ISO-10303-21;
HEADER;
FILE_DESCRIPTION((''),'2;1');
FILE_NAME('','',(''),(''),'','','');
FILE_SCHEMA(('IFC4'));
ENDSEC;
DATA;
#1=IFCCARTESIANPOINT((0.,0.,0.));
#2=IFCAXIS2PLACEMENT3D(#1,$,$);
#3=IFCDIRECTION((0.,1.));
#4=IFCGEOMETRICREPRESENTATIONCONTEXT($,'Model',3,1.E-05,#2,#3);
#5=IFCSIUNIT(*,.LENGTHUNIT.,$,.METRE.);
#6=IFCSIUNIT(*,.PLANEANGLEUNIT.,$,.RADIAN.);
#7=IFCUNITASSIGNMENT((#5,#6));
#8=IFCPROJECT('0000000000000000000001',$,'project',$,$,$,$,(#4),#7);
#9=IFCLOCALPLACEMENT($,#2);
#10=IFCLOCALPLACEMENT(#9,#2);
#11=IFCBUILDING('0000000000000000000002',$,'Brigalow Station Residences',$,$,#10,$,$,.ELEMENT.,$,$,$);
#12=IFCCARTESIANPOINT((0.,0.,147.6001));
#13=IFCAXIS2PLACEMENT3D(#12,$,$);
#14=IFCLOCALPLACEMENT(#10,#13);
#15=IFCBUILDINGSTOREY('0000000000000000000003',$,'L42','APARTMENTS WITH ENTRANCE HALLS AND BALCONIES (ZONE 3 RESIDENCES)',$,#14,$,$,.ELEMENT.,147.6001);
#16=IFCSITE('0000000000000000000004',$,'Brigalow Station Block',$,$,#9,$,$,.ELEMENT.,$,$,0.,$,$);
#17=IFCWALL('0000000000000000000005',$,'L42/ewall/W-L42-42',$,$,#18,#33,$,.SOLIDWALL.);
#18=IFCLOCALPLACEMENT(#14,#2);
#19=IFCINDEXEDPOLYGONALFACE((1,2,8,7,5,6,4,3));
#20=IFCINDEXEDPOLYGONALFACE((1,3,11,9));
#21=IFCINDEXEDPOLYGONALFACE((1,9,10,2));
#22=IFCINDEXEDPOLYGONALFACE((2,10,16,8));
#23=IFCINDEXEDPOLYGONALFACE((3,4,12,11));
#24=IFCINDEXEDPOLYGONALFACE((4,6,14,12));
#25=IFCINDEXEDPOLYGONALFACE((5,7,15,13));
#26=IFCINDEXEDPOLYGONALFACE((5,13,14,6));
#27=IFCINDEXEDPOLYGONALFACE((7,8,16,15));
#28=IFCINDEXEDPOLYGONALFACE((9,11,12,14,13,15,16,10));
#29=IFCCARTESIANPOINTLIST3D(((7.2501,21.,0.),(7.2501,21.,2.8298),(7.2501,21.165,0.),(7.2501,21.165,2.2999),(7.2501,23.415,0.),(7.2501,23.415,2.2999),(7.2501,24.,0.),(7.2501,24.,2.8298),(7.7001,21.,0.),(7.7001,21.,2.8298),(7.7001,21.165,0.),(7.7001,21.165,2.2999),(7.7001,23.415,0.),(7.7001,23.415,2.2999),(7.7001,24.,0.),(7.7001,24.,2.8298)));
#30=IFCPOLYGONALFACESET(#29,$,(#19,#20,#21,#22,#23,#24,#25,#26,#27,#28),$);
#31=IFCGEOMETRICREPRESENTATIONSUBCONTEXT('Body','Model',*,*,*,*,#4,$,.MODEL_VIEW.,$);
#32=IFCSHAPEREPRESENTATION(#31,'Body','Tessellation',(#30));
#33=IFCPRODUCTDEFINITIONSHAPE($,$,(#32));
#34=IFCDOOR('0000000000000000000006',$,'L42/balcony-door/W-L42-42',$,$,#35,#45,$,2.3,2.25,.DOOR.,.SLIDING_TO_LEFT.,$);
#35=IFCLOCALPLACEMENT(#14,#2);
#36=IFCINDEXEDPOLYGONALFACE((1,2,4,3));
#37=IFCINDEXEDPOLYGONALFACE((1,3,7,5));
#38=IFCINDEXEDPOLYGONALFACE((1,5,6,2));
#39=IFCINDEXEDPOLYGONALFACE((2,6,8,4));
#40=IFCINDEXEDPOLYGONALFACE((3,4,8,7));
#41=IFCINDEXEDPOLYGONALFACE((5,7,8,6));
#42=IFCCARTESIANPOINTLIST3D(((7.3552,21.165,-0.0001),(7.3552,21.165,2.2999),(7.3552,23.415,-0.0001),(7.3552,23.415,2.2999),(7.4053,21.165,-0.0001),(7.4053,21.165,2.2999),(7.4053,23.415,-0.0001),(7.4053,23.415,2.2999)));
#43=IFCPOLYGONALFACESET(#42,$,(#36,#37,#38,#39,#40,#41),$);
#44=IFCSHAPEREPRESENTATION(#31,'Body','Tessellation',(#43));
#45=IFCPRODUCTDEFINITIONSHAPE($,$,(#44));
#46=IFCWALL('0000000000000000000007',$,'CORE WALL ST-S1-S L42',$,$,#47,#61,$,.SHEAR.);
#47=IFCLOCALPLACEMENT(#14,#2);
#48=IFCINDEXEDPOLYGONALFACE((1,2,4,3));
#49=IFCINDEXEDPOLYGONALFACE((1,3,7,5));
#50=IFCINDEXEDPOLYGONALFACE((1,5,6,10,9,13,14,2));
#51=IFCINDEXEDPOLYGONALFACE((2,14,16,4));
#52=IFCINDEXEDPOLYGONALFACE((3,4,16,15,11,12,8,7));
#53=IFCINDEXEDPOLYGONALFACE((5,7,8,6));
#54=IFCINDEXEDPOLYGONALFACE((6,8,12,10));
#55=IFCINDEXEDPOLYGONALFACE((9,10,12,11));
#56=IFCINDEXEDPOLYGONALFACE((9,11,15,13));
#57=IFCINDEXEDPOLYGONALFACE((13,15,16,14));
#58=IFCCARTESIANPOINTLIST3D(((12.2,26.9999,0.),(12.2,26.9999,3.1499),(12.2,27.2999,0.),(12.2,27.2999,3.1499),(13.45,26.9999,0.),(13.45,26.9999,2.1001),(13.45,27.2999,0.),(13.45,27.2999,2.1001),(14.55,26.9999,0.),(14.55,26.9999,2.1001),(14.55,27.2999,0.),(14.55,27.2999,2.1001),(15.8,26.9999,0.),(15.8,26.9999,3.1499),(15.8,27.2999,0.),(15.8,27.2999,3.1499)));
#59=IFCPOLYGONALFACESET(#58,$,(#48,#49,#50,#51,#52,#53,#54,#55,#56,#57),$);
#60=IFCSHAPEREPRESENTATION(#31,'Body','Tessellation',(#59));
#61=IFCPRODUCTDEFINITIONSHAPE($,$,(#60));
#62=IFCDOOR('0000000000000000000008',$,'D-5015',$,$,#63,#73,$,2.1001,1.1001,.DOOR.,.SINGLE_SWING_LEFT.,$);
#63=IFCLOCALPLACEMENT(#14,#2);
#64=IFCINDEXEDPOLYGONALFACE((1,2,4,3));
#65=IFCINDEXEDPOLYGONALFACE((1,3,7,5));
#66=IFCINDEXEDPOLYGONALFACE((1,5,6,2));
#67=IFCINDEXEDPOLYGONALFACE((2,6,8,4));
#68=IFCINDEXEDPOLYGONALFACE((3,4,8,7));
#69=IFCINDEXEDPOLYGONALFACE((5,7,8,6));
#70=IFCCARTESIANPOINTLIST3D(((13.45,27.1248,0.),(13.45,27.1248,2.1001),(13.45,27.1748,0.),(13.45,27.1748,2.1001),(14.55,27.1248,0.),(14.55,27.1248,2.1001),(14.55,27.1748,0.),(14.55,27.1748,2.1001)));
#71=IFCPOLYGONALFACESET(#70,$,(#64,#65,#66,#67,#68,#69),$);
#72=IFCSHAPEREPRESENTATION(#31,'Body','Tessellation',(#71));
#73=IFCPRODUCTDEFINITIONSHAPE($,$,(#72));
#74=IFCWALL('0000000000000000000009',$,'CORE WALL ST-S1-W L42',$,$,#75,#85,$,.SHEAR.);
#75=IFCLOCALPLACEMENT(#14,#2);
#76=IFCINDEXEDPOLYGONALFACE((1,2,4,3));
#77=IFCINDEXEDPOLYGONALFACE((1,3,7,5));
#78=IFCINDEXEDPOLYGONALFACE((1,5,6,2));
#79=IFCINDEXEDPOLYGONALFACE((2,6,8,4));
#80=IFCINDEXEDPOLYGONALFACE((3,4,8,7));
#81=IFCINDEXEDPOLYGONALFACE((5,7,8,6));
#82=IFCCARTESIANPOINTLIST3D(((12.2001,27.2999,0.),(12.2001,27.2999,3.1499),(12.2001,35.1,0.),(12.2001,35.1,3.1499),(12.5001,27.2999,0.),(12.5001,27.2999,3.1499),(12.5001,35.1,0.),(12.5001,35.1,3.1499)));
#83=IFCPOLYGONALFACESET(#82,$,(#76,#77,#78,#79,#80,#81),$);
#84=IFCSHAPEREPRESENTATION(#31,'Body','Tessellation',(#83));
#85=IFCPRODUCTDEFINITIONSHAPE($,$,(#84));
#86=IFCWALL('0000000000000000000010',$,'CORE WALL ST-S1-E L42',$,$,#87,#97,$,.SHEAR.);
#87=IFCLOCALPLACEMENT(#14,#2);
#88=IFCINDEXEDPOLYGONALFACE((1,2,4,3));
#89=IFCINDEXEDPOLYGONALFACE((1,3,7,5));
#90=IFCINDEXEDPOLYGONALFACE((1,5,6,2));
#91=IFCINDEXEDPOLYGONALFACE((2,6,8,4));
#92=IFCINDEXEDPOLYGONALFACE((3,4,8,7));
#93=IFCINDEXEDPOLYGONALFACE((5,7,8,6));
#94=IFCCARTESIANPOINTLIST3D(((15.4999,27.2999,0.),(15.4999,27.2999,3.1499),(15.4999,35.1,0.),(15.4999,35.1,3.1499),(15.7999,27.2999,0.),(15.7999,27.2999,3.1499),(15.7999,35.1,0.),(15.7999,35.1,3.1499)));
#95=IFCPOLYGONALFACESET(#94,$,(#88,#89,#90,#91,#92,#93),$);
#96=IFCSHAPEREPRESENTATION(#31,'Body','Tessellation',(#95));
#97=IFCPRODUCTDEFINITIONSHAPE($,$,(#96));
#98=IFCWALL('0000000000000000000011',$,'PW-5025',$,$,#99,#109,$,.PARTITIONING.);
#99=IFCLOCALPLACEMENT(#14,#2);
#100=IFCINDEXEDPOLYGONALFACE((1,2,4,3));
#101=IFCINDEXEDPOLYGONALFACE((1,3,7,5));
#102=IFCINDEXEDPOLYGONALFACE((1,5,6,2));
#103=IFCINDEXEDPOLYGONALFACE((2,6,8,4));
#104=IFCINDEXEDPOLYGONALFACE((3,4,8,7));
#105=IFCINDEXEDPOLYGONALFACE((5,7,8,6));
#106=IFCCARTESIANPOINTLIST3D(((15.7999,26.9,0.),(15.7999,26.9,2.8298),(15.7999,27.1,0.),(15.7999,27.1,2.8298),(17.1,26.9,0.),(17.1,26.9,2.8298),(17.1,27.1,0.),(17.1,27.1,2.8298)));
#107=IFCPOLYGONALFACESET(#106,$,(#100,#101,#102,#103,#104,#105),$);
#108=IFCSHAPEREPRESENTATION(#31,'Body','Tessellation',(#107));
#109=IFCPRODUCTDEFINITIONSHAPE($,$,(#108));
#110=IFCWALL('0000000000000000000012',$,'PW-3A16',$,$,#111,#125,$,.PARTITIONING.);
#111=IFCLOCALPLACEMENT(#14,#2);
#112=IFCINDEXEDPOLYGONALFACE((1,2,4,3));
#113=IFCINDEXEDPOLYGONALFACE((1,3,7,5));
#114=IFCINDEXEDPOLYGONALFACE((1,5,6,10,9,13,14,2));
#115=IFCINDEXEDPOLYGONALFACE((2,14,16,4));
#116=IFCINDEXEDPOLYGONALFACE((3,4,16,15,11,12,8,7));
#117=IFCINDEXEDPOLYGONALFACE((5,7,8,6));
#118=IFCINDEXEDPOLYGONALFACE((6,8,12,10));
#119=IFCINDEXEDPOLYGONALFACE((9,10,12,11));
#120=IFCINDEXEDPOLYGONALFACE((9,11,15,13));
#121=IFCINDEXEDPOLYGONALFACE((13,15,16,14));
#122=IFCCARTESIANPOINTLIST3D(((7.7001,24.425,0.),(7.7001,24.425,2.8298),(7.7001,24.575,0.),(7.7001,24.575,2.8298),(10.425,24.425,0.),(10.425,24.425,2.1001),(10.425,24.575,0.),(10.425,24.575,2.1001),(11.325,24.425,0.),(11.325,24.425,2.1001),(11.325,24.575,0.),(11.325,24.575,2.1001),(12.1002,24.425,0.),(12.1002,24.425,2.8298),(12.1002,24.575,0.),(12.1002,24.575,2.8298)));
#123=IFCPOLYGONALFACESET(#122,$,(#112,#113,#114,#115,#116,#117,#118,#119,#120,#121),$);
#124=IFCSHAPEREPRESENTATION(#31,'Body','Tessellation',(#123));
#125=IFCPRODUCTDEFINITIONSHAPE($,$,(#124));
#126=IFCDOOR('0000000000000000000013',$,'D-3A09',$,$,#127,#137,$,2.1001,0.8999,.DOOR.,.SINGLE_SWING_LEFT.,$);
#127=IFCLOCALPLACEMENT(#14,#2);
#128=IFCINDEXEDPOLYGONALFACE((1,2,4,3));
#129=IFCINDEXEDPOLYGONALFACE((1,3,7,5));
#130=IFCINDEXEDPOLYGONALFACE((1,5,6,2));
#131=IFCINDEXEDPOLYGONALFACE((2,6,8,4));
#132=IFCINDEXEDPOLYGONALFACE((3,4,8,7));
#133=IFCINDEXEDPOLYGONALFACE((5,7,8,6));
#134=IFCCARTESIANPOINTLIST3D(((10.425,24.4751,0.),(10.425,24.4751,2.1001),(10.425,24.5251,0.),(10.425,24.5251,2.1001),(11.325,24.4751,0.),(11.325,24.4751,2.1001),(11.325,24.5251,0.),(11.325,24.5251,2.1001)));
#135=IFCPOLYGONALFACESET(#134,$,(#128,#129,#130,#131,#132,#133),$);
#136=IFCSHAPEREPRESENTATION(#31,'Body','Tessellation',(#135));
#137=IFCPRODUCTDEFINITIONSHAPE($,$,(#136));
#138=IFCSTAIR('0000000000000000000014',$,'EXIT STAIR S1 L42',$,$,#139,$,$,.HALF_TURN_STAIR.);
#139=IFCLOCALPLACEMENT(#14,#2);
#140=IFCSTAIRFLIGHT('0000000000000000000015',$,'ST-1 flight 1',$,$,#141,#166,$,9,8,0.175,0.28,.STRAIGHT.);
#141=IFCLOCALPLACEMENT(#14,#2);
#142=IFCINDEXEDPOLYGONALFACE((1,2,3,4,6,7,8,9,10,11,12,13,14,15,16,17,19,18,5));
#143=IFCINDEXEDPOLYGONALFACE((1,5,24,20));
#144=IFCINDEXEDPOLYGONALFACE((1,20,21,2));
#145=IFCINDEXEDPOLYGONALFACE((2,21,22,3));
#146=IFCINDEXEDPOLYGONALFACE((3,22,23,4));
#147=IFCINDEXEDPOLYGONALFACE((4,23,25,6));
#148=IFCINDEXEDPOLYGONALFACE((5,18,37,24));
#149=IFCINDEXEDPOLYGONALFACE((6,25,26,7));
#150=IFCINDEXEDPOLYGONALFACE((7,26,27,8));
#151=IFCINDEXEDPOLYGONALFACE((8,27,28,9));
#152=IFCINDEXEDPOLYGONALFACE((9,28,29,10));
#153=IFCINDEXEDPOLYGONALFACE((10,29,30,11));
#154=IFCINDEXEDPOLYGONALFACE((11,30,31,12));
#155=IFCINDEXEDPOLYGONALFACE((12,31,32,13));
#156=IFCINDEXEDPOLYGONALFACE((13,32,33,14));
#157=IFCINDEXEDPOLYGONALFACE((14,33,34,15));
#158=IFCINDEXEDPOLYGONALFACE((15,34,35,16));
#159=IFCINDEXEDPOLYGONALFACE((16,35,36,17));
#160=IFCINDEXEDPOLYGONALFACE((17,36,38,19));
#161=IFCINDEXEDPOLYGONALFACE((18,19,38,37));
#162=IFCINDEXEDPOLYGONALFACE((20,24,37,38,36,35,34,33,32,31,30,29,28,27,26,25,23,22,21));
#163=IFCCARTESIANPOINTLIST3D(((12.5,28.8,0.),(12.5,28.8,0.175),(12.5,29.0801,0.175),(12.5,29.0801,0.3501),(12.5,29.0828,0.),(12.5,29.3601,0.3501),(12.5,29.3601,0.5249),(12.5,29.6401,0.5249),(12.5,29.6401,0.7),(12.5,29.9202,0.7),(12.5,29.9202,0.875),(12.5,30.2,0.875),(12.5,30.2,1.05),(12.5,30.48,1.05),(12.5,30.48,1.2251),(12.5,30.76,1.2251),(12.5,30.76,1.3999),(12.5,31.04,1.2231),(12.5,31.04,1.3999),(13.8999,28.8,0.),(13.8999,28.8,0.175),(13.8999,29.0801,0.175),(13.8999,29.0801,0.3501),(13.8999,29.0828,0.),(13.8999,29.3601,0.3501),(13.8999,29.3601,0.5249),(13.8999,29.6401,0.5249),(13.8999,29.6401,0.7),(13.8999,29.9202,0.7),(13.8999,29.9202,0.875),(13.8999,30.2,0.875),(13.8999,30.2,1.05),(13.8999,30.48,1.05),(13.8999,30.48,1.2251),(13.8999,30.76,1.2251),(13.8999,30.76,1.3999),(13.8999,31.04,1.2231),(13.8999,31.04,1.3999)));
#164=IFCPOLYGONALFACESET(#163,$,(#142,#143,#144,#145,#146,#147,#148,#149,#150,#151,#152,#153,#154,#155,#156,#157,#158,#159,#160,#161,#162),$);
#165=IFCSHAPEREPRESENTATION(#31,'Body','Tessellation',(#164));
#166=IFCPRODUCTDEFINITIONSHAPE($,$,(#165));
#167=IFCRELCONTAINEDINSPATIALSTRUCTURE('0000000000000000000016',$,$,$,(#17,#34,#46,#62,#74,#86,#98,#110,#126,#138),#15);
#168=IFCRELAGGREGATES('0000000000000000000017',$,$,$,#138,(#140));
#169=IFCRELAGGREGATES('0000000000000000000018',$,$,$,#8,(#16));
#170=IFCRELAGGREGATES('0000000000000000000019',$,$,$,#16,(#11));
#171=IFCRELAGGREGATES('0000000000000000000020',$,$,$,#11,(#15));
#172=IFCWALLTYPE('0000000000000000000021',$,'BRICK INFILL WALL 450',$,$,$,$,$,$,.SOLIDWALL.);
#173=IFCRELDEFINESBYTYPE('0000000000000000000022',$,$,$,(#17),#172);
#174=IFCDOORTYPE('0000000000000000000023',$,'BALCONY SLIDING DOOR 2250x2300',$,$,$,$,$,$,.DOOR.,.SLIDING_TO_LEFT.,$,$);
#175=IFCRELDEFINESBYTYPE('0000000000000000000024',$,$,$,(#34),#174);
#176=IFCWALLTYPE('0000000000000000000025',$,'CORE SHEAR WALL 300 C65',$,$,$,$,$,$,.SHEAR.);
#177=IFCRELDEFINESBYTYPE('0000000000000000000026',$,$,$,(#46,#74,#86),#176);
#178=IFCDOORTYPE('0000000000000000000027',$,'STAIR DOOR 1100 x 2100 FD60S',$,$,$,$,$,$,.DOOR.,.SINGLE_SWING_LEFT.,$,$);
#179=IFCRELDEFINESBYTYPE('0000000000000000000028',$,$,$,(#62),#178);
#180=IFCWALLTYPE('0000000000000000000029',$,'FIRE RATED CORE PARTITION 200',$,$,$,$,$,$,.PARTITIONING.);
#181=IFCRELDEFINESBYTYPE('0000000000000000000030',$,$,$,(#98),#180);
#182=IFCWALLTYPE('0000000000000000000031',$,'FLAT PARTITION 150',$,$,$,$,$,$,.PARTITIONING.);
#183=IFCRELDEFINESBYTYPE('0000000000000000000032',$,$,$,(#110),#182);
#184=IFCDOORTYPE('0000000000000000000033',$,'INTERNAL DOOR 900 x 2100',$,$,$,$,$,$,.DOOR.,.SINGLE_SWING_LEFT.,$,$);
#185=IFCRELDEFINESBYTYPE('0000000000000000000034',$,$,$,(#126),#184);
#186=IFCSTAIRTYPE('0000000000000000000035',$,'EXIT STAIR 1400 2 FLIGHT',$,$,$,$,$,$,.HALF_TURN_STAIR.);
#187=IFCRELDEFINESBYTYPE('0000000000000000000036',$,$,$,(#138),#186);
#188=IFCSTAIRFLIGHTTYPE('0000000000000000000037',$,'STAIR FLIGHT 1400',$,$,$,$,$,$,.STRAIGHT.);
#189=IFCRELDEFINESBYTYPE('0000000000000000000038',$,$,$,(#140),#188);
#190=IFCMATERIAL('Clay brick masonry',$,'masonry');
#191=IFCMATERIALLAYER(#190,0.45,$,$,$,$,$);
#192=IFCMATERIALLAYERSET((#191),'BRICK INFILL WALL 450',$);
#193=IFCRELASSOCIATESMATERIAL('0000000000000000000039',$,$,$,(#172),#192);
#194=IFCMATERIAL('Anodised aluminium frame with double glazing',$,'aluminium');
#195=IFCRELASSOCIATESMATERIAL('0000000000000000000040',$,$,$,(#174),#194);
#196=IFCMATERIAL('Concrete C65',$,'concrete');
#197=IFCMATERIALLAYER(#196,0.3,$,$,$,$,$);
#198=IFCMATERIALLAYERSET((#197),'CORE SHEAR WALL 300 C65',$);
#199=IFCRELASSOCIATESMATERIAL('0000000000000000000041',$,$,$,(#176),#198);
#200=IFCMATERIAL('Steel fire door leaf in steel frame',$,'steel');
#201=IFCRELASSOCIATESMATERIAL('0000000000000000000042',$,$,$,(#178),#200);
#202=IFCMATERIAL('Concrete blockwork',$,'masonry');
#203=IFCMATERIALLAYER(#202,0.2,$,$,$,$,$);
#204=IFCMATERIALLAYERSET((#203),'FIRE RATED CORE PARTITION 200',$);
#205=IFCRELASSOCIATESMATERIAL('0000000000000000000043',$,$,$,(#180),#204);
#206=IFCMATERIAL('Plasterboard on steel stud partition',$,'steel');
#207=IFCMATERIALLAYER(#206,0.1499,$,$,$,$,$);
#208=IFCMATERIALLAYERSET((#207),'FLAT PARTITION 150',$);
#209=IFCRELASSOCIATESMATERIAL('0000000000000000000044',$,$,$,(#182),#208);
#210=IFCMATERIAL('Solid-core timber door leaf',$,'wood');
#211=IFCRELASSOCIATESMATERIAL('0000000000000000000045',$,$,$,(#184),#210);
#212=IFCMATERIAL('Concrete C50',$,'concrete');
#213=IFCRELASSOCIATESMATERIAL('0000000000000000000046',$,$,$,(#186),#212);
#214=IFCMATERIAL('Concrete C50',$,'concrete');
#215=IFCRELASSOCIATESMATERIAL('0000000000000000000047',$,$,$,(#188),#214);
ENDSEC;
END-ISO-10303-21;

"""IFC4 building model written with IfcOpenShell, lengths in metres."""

from ifc_helpers import new_model, si_unit, direction, frame, frame_2d, origin, place, context, subcontext, project, spatial, polyline, rectangle, outline, extrude, material, layer, layer_set, type_object, element, fill, aggregate, save


model = new_model("IFC4")

# Units and contexts
model_context = context("Model", 3, precision=1e-05, world=origin(), true_north=direction((0.0, 1.0)))
body_context = subcontext(model_context, "Body", "Model", "MODEL_VIEW")
ifc_project = project(units=[si_unit("LENGTHUNIT", "METRE"), si_unit("PLANEANGLEUNIT", "RADIAN")], contexts=[model_context])

# Site, building, storey
site_placement = place(None, origin())
site = spatial("IfcSite", under=ifc_project, at=site_placement, Name="Brigalow Station Block", CompositionType="ELEMENT", RefElevation=0.0)
building_placement = place(site_placement, origin())
building = spatial("IfcBuilding", under=site, at=building_placement, Name="Brigalow Station Residences", CompositionType="ELEMENT")
storey_placement = place(building_placement, frame((0.0, 0.0, 147.6001)))
storey = spatial("IfcBuildingStorey", under=building, at=storey_placement, Name="L42", Description="APARTMENTS WITH ENTRANCE HALLS AND BALCONIES (ZONE 3 RESIDENCES)", CompositionType="ELEMENT", Elevation=147.6001)

# Shared definitions
ifc_material_1 = material(Name="Clay brick masonry", Category="masonry")
ifc_layer_1 = layer(ifc_material_1, 0.45)
ifc_layer_set_1 = layer_set([ifc_layer_1], Name="BRICK INFILL WALL 450")
wall_type_1 = type_object("IfcWallType", Name="BRICK INFILL WALL 450", PredefinedType="SOLIDWALL", material=ifc_layer_set_1)

# Walls, openings, doors
wall_1_placement = place(storey_placement, frame((7.4751, 24.0, 0.0), z_axis=(0.0, 0.0, 1.0), x_axis=(0.0, -1.0, 0.0)))
wall_1 = element("IfcWall", 1, at=wall_1_placement, inside=storey, type_object=wall_type_1, Name="L42/ewall/W-L42-42", PredefinedType="SOLIDWALL", context=body_context, shape_type="SweptSolid", body=[
    extrude(rectangle(XDim=3.0, YDim=0.45, at=frame_2d((1.5, 0.0))), origin(), (0.0, 0.0, 1.0), 2.8298),
])
opening_1_placement = place(wall_1_placement, frame((0.585, 0.0, 0.0)))
opening_1 = element("IfcOpeningElement", 2, at=opening_1_placement, cuts=wall_1, PredefinedType="OPENING", context=body_context, shape_type="SweptSolid", body=[
    extrude(rectangle(XDim=2.25, YDim=2.3, at=frame_2d((1.125, 1.1499))), frame((0.0, 0.2349, 0.0), z_axis=(0.0, -1.0, 0.0), x_axis=(1.0, 0.0, 0.0)), (0.0, 0.0, 1.0), 0.47),
])
ifc_material_2 = material(Name="Anodised aluminium frame with double glazing", Category="aluminium")
door_type_1 = type_object("IfcDoorType", Name="BALCONY SLIDING DOOR 2250x2300", OperationType="SLIDING_TO_LEFT", PredefinedType="DOOR", material=ifc_material_2)
door_1_placement = place(opening_1_placement, origin())
door_1 = element("IfcDoor", 3, at=door_1_placement, inside=storey, type_object=door_type_1, Name="L42/balcony-door/W-L42-42", OperationType="SLIDING_TO_LEFT", OverallHeight=2.3, OverallWidth=2.25, PredefinedType="DOOR", context=body_context, shape_type="SweptSolid", body=[
    extrude(rectangle(XDim=2.25, YDim=2.3, at=frame_2d((1.125, 1.1499))), frame((0.0, -0.0698, 0.0), z_axis=(0.0, -1.0, 0.0), x_axis=(1.0, 0.0, 0.0)), (0.0, 0.0, 1.0), 0.05),
])
fill(opening_1, door_1)
ifc_material_3 = material(Name="Concrete C65", Category="concrete")
ifc_layer_2 = layer(ifc_material_3, 0.3)
ifc_layer_set_2 = layer_set([ifc_layer_2], Name="CORE SHEAR WALL 300 C65")
wall_type_2 = type_object("IfcWallType", Name="CORE SHEAR WALL 300 C65", PredefinedType="SHEAR", material=ifc_layer_set_2)
wall_2_placement = place(storey_placement, frame((12.2, 27.1499, 0.0), z_axis=(0.0, 0.0, 1.0), x_axis=(1.0, 0.0, 0.0)))
wall_2 = element("IfcWall", 4, at=wall_2_placement, inside=storey, type_object=wall_type_2, Name="CORE WALL ST-S1-S L42", PredefinedType="SHEAR", context=body_context, shape_type="SweptSolid", body=[
    extrude(rectangle(XDim=3.6001, YDim=0.3, at=frame_2d((1.8, 0.0))), origin(), (0.0, 0.0, 1.0), 3.1499),
])
opening_2_placement = place(wall_2_placement, frame((1.25, 0.0, 0.0)))
opening_2 = element("IfcOpeningElement", 5, at=opening_2_placement, cuts=wall_2, PredefinedType="OPENING", context=body_context, shape_type="SweptSolid", body=[
    extrude(rectangle(XDim=1.1001, YDim=2.1001, at=frame_2d((0.55, 1.05))), frame((0.0, 0.1602, 0.0), z_axis=(0.0, -1.0, 0.0), x_axis=(1.0, 0.0, 0.0)), (0.0, 0.0, 1.0), 0.3201),
])
ifc_material_4 = material(Name="Steel fire door leaf in steel frame", Category="steel")
door_type_2 = type_object("IfcDoorType", Name="STAIR DOOR 1100 x 2100 FD60S", OperationType="SINGLE_SWING_LEFT", PredefinedType="DOOR", material=ifc_material_4)
door_2_placement = place(opening_2_placement, origin())
door_2 = element("IfcDoor", 6, at=door_2_placement, inside=storey, type_object=door_type_2, Name="D-5015", OperationType="SINGLE_SWING_LEFT", OverallHeight=2.1001, OverallWidth=1.1001, PredefinedType="DOOR", context=body_context, shape_type="SweptSolid", body=[
    extrude(rectangle(XDim=1.1001, YDim=2.1001, at=frame_2d((0.55, 1.05))), frame((0.0, 0.0249, 0.0), z_axis=(0.0, -1.0, 0.0), x_axis=(1.0, 0.0, 0.0)), (0.0, 0.0, 1.0), 0.05),
])
fill(opening_2, door_2)

# Walls
for number, where, z_axis, x_axis, name in (
    (7, (12.3501, 27.3, 0.0), (0.0, 0.0, 1.0), (0.0, 1.0, 0.0), "CORE WALL ST-S1-W L42"),
    (8, (15.6499, 27.3, 0.0), (0.0, 0.0, 1.0), (0.0, 1.0, 0.0), "CORE WALL ST-S1-E L42"),
):
    element("IfcWall", number, at=place(storey_placement, frame(where, z_axis=z_axis, x_axis=x_axis)), inside=storey, type_object=wall_type_2, Name=name, PredefinedType="SHEAR", context=body_context, shape_type="SweptSolid", body=[
        extrude(rectangle(XDim=7.8, YDim=0.3, at=frame_2d((3.8999, 0.0))), origin(), (0.0, 0.0, 1.0), 3.1499),
    ])
ifc_material_5 = material(Name="Concrete blockwork", Category="masonry")
ifc_layer_3 = layer(ifc_material_5, 0.2)
ifc_layer_set_3 = layer_set([ifc_layer_3], Name="FIRE RATED CORE PARTITION 200")
wall_type_3 = type_object("IfcWallType", Name="FIRE RATED CORE PARTITION 200", PredefinedType="PARTITIONING", material=ifc_layer_set_3)
wall_3_placement = place(storey_placement, frame((15.8, 27.0, 0.0), z_axis=(0.0, 0.0, 1.0), x_axis=(1.0, 0.0, 0.0)))
element("IfcWall", 9, at=wall_3_placement, inside=storey, type_object=wall_type_3, Name="PW-5025", PredefinedType="PARTITIONING", context=body_context, shape_type="SweptSolid", body=[
    extrude(rectangle(XDim=1.3, YDim=0.2, at=frame_2d((0.6499, 0.0))), origin(), (0.0, 0.0, 1.0), 2.8298),
])

# Wall, opening, door
ifc_material_6 = material(Name="Plasterboard on steel stud partition", Category="steel")
ifc_layer_4 = layer(ifc_material_6, 0.1499)
ifc_layer_set_4 = layer_set([ifc_layer_4], Name="FLAT PARTITION 150")
wall_type_4 = type_object("IfcWallType", Name="FLAT PARTITION 150", PredefinedType="PARTITIONING", material=ifc_layer_set_4)
wall_4_placement = place(storey_placement, frame((7.7, 24.5, 0.0), z_axis=(0.0, 0.0, 1.0), x_axis=(1.0, 0.0, 0.0)))
wall_4 = element("IfcWall", 10, at=wall_4_placement, inside=storey, type_object=wall_type_4, Name="PW-3A16", PredefinedType="PARTITIONING", context=body_context, shape_type="SweptSolid", body=[
    extrude(rectangle(XDim=4.4001, YDim=0.1499, at=frame_2d((2.2002, 0.0))), origin(), (0.0, 0.0, 1.0), 2.8298),
])
opening_3_placement = place(wall_4_placement, frame((2.7251, 0.0, 0.0)))
opening_3 = element("IfcOpeningElement", 11, at=opening_3_placement, cuts=wall_4, PredefinedType="OPENING", context=body_context, shape_type="SweptSolid", body=[
    extrude(rectangle(XDim=0.8999, YDim=2.1001, at=frame_2d((0.45, 1.05))), frame((0.0, 0.085, 0.0), z_axis=(0.0, -1.0, 0.0), x_axis=(1.0, 0.0, 0.0)), (0.0, 0.0, 1.0), 0.1699),
])
ifc_material_7 = material(Name="Solid-core timber door leaf", Category="wood")
door_type_3 = type_object("IfcDoorType", Name="INTERNAL DOOR 900 x 2100", OperationType="SINGLE_SWING_LEFT", PredefinedType="DOOR", material=ifc_material_7)
door_3_placement = place(opening_3_placement, frame((0.8999, 0.0, 0.0), z_axis=(0.0, 0.0, 1.0), x_axis=(-1.0, 0.0, 0.0)))
door_3 = element("IfcDoor", 12, at=door_3_placement, inside=storey, type_object=door_type_3, Name="D-3A09", OperationType="SINGLE_SWING_LEFT", OverallHeight=2.1001, OverallWidth=0.8999, PredefinedType="DOOR", context=body_context, shape_type="SweptSolid", body=[
    extrude(rectangle(XDim=0.8999, YDim=2.1001, at=frame_2d((0.45, 1.05))), frame((0.0, 0.0249, 0.0), z_axis=(0.0, -1.0, 0.0), x_axis=(1.0, 0.0, 0.0)), (0.0, 0.0, 1.0), 0.05),
])
fill(opening_3, door_3)

# Stair, stair flight
ifc_material_8 = material(Name="Concrete C50", Category="concrete")
stair_type = type_object("IfcStairType", Name="EXIT STAIR 1400 2 FLIGHT", PredefinedType="HALF_TURN_STAIR", material=ifc_material_8)
stair_placement = place(storey_placement, origin())
stair = element("IfcStair", 13, at=stair_placement, inside=storey, type_object=stair_type, Name="EXIT STAIR S1 L42", PredefinedType="HALF_TURN_STAIR")
ifc_material_9 = material(Name="Concrete C50", Category="concrete")
stair_flight_type = type_object("IfcStairFlightType", Name="STAIR FLIGHT 1400", PredefinedType="STRAIGHT", material=ifc_material_9)
stair_flight_1_placement = place(storey_placement, frame((13.2, 28.8, 0.0), z_axis=(0.0, 0.0, 1.0), x_axis=(0.0, 1.0, 0.0)))
stair_flight_1 = element("IfcStairFlight", 14, at=stair_flight_1_placement, type_object=stair_flight_type, Name="ST-1 flight 1", NumberOfRisers=9, NumberOfTreads=8, PredefinedType="STRAIGHT", RiserHeight=0.175, TreadLength=0.28, context=body_context, shape_type="SweptSolid", body=[
    extrude(outline(polyline([(0.0, 0.0), (0.0, 0.175), (0.28, 0.175), (0.28, 0.3501), (0.5601, 0.3501), (0.5601, 0.5249), (0.8401, 0.5249), (0.8401, 0.7), (1.1201, 0.7), (1.1201, 0.875), (1.3999, 0.875), (1.3999, 1.05), (1.6799, 1.05), (1.6799, 1.2251), (1.96, 1.2251), (1.96, 1.3999), (2.24, 1.3999), (2.24, 1.575), (2.24, 1.2231), (0.2827, 0.0), (0.0, 0.0)])), frame((0.0, 0.7, 0.0), z_axis=(0.0, -1.0, 0.0), x_axis=(1.0, 0.0, 0.0)), (0.0, 0.0, 1.0), 1.3999),
])
aggregate(stair, [stair_flight_1])

save(model, "model.ifc")
